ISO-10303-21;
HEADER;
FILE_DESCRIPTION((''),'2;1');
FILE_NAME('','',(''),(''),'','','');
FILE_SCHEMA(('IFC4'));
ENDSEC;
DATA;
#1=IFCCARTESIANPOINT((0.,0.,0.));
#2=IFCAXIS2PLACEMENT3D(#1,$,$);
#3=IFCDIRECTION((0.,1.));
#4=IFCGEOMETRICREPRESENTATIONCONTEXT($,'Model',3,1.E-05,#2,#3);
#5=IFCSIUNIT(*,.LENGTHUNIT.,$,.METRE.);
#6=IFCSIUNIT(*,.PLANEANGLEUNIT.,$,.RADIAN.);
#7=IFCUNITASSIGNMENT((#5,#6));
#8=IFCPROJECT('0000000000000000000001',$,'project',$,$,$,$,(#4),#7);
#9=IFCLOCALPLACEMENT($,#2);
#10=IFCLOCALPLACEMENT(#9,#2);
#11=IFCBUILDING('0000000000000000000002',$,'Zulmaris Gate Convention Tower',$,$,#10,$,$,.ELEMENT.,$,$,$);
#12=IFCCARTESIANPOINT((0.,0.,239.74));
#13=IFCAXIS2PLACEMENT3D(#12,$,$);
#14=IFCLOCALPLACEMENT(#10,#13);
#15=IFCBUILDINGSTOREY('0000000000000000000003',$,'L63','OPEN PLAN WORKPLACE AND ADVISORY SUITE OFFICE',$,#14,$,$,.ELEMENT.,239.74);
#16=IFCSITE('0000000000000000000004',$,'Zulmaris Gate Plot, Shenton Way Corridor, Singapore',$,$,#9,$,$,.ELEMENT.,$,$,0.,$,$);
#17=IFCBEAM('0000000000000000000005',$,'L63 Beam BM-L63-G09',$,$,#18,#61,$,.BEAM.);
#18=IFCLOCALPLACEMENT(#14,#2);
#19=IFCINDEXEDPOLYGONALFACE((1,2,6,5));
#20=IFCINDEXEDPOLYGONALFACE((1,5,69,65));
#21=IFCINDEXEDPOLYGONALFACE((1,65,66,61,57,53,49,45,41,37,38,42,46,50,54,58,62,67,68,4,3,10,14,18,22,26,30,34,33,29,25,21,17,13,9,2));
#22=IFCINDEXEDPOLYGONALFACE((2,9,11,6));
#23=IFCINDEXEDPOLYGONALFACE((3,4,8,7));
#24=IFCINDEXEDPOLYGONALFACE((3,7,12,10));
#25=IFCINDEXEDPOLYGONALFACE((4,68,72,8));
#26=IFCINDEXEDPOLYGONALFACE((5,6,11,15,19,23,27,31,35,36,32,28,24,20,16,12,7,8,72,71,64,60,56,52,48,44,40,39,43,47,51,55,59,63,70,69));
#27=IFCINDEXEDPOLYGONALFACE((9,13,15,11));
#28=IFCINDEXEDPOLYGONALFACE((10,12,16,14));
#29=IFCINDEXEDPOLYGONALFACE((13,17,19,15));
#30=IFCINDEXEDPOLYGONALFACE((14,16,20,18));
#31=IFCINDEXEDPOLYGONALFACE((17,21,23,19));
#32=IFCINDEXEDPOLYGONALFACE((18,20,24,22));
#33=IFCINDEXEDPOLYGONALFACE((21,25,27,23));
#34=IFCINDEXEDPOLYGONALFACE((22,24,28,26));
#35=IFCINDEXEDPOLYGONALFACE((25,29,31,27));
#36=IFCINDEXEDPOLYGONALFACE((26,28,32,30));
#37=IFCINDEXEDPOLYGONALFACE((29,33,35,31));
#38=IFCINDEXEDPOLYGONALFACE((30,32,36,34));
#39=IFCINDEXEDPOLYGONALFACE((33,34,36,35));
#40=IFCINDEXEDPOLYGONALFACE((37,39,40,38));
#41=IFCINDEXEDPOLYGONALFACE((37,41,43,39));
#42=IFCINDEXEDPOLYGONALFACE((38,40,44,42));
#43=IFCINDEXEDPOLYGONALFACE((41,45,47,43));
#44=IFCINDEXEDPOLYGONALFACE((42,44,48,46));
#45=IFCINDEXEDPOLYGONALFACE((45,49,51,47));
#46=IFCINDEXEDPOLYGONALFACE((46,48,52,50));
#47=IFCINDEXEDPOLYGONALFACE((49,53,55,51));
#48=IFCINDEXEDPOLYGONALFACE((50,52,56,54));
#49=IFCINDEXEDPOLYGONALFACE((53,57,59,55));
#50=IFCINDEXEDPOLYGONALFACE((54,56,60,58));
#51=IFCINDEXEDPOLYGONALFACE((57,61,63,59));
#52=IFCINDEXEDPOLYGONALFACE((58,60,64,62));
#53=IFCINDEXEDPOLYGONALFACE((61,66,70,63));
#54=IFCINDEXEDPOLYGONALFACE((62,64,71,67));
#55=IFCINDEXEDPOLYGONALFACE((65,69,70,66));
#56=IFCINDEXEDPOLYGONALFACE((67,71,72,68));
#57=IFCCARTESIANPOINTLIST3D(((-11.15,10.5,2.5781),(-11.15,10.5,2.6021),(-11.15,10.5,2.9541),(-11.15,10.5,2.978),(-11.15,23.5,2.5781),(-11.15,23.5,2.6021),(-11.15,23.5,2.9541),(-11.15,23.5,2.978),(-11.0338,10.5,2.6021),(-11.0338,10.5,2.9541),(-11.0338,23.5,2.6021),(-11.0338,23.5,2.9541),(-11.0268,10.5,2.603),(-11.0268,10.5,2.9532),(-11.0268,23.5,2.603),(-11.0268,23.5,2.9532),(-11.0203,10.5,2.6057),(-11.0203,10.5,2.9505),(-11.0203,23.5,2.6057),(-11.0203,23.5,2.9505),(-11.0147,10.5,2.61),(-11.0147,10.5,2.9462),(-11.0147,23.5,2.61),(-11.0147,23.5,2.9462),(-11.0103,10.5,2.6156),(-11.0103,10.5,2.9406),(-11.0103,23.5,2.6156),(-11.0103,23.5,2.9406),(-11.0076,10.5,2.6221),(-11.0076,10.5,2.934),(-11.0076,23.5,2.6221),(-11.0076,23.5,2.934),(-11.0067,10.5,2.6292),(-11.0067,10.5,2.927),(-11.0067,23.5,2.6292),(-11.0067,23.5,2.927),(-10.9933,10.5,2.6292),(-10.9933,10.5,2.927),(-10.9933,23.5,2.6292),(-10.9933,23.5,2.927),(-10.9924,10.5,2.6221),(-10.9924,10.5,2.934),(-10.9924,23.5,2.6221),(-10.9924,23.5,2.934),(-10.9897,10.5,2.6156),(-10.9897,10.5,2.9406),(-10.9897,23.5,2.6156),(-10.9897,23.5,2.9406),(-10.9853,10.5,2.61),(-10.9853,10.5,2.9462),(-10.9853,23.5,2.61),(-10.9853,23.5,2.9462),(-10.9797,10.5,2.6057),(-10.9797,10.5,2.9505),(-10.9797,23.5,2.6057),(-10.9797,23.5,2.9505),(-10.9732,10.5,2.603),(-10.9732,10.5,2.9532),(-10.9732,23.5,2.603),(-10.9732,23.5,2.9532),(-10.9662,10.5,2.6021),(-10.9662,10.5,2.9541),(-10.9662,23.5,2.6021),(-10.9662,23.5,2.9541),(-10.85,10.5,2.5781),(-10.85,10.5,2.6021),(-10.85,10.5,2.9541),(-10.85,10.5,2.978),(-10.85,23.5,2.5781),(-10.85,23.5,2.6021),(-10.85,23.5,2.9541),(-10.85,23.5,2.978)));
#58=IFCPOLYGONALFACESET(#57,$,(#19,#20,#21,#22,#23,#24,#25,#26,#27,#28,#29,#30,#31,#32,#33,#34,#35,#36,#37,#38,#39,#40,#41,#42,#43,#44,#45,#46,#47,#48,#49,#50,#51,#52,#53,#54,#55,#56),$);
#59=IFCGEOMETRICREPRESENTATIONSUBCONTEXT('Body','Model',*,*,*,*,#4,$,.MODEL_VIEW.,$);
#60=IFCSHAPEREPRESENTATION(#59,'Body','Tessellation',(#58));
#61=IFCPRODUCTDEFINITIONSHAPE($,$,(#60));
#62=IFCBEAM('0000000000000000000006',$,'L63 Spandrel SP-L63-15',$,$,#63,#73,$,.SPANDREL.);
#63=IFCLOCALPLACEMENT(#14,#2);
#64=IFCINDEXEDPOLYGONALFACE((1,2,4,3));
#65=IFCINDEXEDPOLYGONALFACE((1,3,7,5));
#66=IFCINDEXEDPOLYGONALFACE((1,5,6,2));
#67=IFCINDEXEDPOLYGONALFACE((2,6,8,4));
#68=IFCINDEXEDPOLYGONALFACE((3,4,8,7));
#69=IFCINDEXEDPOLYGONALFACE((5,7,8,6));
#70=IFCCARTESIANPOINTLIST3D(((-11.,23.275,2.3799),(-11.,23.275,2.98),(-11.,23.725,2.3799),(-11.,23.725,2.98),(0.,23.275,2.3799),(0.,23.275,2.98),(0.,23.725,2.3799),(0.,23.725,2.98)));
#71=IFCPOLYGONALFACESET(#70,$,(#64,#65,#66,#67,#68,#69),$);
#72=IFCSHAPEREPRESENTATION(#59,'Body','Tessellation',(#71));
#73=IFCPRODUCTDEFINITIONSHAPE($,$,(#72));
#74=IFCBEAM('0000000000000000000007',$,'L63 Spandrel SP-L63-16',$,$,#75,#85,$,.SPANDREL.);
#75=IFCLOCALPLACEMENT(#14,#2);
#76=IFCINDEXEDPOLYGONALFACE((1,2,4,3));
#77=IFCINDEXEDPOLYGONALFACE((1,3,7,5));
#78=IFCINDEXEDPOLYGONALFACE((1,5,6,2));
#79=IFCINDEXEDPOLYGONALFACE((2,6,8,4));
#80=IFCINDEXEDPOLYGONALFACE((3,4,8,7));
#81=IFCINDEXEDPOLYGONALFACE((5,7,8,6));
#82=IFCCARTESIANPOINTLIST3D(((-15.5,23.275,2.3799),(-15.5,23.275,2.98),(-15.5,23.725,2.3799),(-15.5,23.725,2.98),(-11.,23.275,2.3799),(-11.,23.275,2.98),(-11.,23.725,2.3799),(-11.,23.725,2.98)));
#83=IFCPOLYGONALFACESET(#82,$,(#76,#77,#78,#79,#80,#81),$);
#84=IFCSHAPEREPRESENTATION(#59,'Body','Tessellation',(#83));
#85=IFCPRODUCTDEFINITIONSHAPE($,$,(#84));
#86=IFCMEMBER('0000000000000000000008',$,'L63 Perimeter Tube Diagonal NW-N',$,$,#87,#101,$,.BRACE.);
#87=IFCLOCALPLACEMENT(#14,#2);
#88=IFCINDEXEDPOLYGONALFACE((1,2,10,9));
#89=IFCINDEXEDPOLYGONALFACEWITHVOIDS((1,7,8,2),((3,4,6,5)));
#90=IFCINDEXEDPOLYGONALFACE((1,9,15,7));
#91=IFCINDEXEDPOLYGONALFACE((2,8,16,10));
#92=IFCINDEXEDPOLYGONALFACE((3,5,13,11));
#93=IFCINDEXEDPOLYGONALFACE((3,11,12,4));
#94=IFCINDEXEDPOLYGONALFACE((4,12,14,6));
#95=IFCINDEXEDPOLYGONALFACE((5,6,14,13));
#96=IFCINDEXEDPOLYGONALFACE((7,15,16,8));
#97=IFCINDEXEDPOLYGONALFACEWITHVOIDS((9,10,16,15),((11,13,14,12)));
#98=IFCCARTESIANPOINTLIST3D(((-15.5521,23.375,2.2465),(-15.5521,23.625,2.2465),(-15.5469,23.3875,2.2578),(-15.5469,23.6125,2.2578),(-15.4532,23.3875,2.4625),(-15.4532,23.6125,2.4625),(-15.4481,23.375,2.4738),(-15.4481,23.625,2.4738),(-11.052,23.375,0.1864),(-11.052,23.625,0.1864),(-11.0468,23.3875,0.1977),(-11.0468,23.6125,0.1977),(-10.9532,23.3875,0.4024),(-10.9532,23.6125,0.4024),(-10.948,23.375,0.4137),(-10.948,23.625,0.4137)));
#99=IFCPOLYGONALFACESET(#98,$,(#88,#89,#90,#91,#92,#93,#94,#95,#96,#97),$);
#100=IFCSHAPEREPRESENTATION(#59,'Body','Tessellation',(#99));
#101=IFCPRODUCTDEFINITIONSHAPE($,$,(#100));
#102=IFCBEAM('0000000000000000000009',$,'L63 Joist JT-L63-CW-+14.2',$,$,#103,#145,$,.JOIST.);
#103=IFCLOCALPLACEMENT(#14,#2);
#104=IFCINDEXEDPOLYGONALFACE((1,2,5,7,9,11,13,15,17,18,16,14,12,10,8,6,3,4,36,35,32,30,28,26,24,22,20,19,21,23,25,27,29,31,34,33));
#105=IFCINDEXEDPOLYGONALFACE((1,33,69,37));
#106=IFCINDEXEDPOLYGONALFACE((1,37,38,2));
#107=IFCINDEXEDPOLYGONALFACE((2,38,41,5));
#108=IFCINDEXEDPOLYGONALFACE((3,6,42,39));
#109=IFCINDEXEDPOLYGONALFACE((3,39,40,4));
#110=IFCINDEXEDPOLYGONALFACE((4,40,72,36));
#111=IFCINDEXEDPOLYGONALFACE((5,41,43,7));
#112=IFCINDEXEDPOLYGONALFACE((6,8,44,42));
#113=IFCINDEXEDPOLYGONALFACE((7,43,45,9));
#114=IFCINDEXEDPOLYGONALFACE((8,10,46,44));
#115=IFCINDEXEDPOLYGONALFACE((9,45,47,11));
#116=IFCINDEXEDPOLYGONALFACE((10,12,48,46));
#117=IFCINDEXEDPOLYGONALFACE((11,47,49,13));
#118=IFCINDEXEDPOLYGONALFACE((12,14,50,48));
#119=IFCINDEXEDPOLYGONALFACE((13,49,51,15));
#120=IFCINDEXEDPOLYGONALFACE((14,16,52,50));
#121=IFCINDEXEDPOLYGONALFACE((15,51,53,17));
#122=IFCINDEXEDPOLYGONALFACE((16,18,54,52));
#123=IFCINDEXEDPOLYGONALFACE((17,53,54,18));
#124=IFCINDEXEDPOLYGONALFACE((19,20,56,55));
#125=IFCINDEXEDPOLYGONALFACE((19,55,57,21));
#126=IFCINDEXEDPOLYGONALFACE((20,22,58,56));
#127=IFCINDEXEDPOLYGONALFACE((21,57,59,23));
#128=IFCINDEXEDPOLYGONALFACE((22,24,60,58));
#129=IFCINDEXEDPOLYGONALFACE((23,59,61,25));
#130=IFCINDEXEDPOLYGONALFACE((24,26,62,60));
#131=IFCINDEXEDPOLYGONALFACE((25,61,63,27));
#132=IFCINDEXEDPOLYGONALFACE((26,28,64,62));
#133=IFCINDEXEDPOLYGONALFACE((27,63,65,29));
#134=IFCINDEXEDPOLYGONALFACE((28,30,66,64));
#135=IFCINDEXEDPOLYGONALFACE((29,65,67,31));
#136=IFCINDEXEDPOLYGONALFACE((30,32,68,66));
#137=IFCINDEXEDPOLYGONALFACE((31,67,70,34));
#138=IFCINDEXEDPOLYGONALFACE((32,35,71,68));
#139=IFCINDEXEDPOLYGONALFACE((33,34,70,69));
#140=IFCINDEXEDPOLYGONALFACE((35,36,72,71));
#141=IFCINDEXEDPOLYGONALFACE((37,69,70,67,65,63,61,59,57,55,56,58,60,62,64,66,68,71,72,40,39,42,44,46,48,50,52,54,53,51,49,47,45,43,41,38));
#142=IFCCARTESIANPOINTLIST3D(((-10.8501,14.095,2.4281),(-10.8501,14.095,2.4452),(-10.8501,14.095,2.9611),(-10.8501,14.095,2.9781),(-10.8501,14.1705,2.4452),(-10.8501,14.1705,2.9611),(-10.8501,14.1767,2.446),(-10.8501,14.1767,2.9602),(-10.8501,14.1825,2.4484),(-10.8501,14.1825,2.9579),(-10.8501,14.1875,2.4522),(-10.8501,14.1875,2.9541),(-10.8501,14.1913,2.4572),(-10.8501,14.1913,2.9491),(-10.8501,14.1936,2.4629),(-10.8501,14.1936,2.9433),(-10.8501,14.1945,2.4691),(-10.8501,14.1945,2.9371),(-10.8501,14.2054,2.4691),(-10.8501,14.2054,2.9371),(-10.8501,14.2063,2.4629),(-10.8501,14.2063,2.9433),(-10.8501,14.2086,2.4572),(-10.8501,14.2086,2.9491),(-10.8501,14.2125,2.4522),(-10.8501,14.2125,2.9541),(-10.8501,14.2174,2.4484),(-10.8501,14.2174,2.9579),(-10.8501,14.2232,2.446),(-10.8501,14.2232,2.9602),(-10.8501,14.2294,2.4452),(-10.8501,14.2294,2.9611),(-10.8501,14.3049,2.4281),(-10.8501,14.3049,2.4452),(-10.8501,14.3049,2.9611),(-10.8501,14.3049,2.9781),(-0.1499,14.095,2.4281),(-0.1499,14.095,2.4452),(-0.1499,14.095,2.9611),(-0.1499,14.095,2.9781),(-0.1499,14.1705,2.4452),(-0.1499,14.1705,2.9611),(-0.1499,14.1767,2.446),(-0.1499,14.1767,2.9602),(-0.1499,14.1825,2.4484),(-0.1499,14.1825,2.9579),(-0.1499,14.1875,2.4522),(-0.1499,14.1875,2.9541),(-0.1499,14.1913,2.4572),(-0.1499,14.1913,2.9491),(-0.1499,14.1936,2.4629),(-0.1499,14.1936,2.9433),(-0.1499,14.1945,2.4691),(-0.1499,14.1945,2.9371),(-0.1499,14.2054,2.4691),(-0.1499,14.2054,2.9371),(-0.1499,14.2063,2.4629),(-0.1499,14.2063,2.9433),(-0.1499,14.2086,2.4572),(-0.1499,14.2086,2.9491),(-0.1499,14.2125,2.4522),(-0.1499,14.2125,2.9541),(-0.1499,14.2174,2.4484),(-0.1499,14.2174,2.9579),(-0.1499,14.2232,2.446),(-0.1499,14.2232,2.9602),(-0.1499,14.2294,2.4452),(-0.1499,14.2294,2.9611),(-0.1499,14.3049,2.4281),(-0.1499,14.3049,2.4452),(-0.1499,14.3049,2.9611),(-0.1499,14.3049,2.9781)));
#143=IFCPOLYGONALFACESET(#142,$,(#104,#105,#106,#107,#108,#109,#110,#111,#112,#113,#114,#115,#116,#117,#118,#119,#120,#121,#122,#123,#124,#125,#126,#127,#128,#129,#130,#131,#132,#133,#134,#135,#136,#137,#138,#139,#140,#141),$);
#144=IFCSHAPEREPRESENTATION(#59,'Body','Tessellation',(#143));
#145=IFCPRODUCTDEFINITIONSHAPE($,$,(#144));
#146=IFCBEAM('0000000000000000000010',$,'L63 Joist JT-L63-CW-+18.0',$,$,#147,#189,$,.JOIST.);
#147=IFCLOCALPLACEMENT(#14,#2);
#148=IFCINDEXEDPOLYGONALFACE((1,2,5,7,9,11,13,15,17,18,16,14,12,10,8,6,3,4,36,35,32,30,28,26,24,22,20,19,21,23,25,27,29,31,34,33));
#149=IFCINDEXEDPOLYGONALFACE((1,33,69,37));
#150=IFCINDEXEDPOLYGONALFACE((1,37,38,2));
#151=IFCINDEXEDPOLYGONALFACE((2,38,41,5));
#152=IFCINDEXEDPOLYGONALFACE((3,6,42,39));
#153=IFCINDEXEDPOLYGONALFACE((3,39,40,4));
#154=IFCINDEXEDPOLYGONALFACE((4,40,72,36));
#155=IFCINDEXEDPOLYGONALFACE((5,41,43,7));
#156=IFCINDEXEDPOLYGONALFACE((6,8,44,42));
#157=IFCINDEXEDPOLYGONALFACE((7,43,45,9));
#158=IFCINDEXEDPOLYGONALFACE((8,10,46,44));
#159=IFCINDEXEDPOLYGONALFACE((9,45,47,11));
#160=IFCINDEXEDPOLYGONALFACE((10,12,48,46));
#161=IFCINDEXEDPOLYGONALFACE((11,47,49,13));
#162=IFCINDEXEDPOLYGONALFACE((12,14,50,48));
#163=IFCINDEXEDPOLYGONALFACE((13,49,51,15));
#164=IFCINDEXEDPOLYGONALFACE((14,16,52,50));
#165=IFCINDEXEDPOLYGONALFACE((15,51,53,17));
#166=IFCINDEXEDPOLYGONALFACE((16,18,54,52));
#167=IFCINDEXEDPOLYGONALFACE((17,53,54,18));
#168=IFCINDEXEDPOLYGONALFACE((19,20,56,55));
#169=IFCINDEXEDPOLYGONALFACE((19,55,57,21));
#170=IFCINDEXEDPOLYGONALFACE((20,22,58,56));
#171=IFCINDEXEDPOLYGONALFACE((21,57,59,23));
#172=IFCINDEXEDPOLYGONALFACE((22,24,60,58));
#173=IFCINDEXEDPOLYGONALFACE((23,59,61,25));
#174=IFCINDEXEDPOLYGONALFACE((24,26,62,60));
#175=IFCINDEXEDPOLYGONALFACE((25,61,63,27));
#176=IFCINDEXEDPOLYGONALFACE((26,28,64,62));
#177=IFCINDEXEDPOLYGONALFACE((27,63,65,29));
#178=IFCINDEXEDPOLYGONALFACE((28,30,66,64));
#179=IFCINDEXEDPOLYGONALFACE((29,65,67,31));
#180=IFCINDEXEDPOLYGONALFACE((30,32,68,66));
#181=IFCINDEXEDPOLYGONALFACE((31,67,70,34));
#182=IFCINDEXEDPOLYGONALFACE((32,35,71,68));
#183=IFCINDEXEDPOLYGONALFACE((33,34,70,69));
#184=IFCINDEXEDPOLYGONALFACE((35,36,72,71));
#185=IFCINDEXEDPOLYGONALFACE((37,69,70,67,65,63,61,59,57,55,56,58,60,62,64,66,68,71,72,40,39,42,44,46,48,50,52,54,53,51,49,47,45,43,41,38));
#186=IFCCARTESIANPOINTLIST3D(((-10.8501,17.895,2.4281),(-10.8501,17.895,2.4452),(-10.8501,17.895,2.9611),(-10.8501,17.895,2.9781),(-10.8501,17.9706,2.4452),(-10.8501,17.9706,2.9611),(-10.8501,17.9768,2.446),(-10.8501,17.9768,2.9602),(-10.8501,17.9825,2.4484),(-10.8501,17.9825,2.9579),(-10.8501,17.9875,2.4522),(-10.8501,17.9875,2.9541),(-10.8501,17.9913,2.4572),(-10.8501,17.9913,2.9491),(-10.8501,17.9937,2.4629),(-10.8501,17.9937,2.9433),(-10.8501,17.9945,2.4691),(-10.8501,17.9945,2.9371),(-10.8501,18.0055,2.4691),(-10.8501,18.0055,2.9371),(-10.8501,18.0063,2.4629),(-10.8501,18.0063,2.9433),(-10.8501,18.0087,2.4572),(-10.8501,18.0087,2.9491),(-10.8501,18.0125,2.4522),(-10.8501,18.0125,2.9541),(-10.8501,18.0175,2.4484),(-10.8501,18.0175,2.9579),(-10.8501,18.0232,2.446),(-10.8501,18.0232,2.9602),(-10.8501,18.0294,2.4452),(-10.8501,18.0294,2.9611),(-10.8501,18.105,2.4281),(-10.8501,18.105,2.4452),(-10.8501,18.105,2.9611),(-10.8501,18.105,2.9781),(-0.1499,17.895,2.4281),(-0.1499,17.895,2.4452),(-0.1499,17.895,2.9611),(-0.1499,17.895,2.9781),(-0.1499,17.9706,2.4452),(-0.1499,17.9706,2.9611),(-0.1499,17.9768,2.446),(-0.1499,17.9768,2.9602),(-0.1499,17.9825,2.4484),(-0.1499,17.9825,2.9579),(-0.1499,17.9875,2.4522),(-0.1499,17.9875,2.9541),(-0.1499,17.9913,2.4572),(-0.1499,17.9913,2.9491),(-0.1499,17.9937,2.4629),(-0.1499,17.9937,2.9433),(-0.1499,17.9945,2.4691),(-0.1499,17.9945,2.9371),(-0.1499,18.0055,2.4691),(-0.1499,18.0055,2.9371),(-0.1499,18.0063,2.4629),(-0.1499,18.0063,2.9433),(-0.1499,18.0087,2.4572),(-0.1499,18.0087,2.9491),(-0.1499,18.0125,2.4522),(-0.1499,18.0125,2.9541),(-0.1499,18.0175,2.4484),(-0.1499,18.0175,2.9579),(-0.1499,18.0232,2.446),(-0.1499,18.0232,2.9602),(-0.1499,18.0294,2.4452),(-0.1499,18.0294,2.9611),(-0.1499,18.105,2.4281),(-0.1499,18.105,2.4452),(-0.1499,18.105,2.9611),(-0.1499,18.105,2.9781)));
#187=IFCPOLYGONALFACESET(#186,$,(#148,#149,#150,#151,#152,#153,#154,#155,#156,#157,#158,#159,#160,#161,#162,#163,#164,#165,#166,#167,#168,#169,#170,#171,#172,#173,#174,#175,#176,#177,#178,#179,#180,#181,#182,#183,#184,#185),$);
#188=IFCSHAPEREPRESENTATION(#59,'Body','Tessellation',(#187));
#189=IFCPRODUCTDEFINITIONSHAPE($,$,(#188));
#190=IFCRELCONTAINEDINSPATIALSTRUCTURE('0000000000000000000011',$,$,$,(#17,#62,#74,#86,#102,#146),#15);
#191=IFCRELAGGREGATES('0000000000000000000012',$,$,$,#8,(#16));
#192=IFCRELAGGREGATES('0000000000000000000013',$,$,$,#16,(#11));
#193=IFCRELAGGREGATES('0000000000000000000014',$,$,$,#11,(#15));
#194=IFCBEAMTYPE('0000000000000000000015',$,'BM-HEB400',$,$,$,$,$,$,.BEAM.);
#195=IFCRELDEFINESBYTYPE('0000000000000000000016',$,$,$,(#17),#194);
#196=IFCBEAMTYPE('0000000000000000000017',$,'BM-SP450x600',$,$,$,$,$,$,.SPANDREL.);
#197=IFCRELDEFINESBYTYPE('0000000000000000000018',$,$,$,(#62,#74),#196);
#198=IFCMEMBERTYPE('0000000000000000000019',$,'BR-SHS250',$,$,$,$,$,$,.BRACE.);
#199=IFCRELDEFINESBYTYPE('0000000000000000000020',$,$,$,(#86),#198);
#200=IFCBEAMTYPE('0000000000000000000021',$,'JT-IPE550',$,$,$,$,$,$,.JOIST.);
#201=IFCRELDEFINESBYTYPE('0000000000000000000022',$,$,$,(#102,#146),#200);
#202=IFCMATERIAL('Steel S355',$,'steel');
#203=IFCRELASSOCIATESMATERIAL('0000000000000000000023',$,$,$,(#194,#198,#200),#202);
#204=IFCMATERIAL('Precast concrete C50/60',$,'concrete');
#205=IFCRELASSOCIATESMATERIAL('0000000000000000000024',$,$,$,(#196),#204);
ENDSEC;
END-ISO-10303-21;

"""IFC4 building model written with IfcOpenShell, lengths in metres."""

from ifc_helpers import new_model, si_unit, direction, frame, origin, origin_2d, place, context, subcontext, project, spatial, rectangle, hollow_rectangle, i_section, extrude, material, material_profile, profile_set, type_object, element, save


model = new_model("IFC4")

# Units and contexts
model_context = context("Model", 3, precision=1e-05, world=origin(), true_north=direction((0.0, 1.0)))
body_context = subcontext(model_context, "Body", "Model", "MODEL_VIEW")
ifc_project = project(units=[si_unit("LENGTHUNIT", "METRE"), si_unit("PLANEANGLEUNIT", "RADIAN")], contexts=[model_context])

# Site, building, storey
site_placement = place(None, origin())
site = spatial("IfcSite", under=ifc_project, at=site_placement, Name="Zulmaris Gate Plot, Shenton Way Corridor, Singapore", CompositionType="ELEMENT", RefElevation=0.0)
building_placement = place(site_placement, origin())
building = spatial("IfcBuilding", under=site, at=building_placement, Name="Zulmaris Gate Convention Tower", CompositionType="ELEMENT")
storey_placement = place(building_placement, frame((0.0, 0.0, 239.74)))
storey = spatial("IfcBuildingStorey", under=building, at=storey_placement, Name="L63", Description="OPEN PLAN WORKPLACE AND ADVISORY SUITE OFFICE", CompositionType="ELEMENT", Elevation=239.74)

# Beams
ifc_material_1 = material(Name="Steel S355", Category="steel")
ifc_material_profile_1 = material_profile(ifc_material_1, i_section(OverallWidth=0.3, OverallDepth=0.3999, WebThickness=0.0134, FlangeThickness=0.0239, FilletRadius=0.0271, at=origin_2d()), Name="HEB 400")
ifc_profile_set_1 = profile_set([ifc_material_profile_1], Name="Steel S355")
beam_type_1 = type_object("IfcBeamType", Name="BM-HEB400", PredefinedType="BEAM", material=ifc_profile_set_1)
beam_1_placement = place(storey_placement, frame((-11.0, 10.5, 2.7781), z_axis=(0.0, 1.0, 0.0), x_axis=(-1.0, 0.0, 0.0)))
element("IfcBeam", 1, at=beam_1_placement, inside=storey, type_object=beam_type_1, Name="L63 Beam BM-L63-G09", PredefinedType="BEAM", context=body_context, shape_type="SweptSolid", body=[
    extrude(i_section(OverallWidth=0.3, OverallDepth=0.3999, WebThickness=0.0134, FlangeThickness=0.0239, FilletRadius=0.0271, at=origin_2d()), origin(), (0.0, 0.0, 1.0), 13.0),
])
ifc_material_2 = material(Name="Precast concrete C50/60", Category="concrete")
ifc_material_profile_2 = material_profile(ifc_material_2, rectangle(XDim=0.45, YDim=0.6001, at=origin_2d()), Name="RC SPANDREL 450x600")
ifc_profile_set_2 = profile_set([ifc_material_profile_2], Name="Precast concrete C50/60")
beam_type_2 = type_object("IfcBeamType", Name="BM-SP450x600", PredefinedType="SPANDREL", material=ifc_profile_set_2)
beam_2_placement = place(storey_placement, frame((0.0, 23.5, 2.6799), z_axis=(-1.0, 0.0, 0.0), x_axis=(0.0, -1.0, 0.0)))
element("IfcBeam", 2, at=beam_2_placement, inside=storey, type_object=beam_type_2, Name="L63 Spandrel SP-L63-15", PredefinedType="SPANDREL", context=body_context, shape_type="SweptSolid", body=[
    extrude(rectangle(XDim=0.45, YDim=0.6001, at=origin_2d()), origin(), (0.0, 0.0, 1.0), 11.0),
])
beam_3_placement = place(storey_placement, frame((-11.0, 23.5, 2.6799), z_axis=(-1.0, 0.0, 0.0), x_axis=(0.0, -1.0, 0.0)))
element("IfcBeam", 3, at=beam_3_placement, inside=storey, type_object=beam_type_2, Name="L63 Spandrel SP-L63-16", PredefinedType="SPANDREL", context=body_context, shape_type="SweptSolid", body=[
    extrude(rectangle(XDim=0.45, YDim=0.6001, at=origin_2d()), origin(), (0.0, 0.0, 1.0), 4.5),
])

# Member
ifc_material_profile_3 = material_profile(ifc_material_1, hollow_rectangle(XDim=0.25, YDim=0.25, WallThickness=0.0125, at=origin_2d()), Name="SHS 250x250x12.5")
ifc_profile_set_3 = profile_set([ifc_material_profile_3], Name="Steel S355")
member_type = type_object("IfcMemberType", Name="BR-SHS250", PredefinedType="BRACE", material=ifc_profile_set_3)
member_placement = place(storey_placement, frame((-11.0, 23.5, 0.3), z_axis=(-0.909252, 0.0, 0.416247), x_axis=(0.0, -1.0, 0.0)))
element("IfcMember", 4, at=member_placement, inside=storey, type_object=member_type, Name="L63 Perimeter Tube Diagonal NW-N", PredefinedType="BRACE", context=body_context, shape_type="SweptSolid", body=[
    extrude(hollow_rectangle(XDim=0.25, YDim=0.25, WallThickness=0.0125, at=origin_2d()), origin(), (0.0, 0.0, 1.0), 4.9492),
])

# Beams
ifc_material_profile_4 = material_profile(ifc_material_1, i_section(OverallWidth=0.21, OverallDepth=0.55, WebThickness=0.011, FlangeThickness=0.0171, FilletRadius=0.0239, at=origin_2d()), Name="IPE 550")
ifc_profile_set_4 = profile_set([ifc_material_profile_4], Name="Steel S355")
beam_type_3 = type_object("IfcBeamType", Name="JT-IPE550", PredefinedType="JOIST", material=ifc_profile_set_4)
for number, where, z_axis, x_axis, name in (
    (5, (-10.8501, 14.2, 2.7031), (1.0, 0.0, 0.0), (0.0, 1.0, 0.0), "L63 Joist JT-L63-CW-+14.2"),
    (6, (-10.8501, 18.0, 2.7031), (1.0, 0.0, 0.0), (0.0, 1.0, 0.0), "L63 Joist JT-L63-CW-+18.0"),
):
    element("IfcBeam", number, at=place(storey_placement, frame(where, z_axis=z_axis, x_axis=x_axis)), inside=storey, type_object=beam_type_3, Name=name, PredefinedType="JOIST", context=body_context, shape_type="SweptSolid", body=[
        extrude(i_section(OverallWidth=0.21, OverallDepth=0.55, WebThickness=0.011, FlangeThickness=0.0171, FilletRadius=0.0239, at=origin_2d()), origin(), (0.0, 0.0, 1.0), 10.7002),
    ])

save(model, "model.ifc")
